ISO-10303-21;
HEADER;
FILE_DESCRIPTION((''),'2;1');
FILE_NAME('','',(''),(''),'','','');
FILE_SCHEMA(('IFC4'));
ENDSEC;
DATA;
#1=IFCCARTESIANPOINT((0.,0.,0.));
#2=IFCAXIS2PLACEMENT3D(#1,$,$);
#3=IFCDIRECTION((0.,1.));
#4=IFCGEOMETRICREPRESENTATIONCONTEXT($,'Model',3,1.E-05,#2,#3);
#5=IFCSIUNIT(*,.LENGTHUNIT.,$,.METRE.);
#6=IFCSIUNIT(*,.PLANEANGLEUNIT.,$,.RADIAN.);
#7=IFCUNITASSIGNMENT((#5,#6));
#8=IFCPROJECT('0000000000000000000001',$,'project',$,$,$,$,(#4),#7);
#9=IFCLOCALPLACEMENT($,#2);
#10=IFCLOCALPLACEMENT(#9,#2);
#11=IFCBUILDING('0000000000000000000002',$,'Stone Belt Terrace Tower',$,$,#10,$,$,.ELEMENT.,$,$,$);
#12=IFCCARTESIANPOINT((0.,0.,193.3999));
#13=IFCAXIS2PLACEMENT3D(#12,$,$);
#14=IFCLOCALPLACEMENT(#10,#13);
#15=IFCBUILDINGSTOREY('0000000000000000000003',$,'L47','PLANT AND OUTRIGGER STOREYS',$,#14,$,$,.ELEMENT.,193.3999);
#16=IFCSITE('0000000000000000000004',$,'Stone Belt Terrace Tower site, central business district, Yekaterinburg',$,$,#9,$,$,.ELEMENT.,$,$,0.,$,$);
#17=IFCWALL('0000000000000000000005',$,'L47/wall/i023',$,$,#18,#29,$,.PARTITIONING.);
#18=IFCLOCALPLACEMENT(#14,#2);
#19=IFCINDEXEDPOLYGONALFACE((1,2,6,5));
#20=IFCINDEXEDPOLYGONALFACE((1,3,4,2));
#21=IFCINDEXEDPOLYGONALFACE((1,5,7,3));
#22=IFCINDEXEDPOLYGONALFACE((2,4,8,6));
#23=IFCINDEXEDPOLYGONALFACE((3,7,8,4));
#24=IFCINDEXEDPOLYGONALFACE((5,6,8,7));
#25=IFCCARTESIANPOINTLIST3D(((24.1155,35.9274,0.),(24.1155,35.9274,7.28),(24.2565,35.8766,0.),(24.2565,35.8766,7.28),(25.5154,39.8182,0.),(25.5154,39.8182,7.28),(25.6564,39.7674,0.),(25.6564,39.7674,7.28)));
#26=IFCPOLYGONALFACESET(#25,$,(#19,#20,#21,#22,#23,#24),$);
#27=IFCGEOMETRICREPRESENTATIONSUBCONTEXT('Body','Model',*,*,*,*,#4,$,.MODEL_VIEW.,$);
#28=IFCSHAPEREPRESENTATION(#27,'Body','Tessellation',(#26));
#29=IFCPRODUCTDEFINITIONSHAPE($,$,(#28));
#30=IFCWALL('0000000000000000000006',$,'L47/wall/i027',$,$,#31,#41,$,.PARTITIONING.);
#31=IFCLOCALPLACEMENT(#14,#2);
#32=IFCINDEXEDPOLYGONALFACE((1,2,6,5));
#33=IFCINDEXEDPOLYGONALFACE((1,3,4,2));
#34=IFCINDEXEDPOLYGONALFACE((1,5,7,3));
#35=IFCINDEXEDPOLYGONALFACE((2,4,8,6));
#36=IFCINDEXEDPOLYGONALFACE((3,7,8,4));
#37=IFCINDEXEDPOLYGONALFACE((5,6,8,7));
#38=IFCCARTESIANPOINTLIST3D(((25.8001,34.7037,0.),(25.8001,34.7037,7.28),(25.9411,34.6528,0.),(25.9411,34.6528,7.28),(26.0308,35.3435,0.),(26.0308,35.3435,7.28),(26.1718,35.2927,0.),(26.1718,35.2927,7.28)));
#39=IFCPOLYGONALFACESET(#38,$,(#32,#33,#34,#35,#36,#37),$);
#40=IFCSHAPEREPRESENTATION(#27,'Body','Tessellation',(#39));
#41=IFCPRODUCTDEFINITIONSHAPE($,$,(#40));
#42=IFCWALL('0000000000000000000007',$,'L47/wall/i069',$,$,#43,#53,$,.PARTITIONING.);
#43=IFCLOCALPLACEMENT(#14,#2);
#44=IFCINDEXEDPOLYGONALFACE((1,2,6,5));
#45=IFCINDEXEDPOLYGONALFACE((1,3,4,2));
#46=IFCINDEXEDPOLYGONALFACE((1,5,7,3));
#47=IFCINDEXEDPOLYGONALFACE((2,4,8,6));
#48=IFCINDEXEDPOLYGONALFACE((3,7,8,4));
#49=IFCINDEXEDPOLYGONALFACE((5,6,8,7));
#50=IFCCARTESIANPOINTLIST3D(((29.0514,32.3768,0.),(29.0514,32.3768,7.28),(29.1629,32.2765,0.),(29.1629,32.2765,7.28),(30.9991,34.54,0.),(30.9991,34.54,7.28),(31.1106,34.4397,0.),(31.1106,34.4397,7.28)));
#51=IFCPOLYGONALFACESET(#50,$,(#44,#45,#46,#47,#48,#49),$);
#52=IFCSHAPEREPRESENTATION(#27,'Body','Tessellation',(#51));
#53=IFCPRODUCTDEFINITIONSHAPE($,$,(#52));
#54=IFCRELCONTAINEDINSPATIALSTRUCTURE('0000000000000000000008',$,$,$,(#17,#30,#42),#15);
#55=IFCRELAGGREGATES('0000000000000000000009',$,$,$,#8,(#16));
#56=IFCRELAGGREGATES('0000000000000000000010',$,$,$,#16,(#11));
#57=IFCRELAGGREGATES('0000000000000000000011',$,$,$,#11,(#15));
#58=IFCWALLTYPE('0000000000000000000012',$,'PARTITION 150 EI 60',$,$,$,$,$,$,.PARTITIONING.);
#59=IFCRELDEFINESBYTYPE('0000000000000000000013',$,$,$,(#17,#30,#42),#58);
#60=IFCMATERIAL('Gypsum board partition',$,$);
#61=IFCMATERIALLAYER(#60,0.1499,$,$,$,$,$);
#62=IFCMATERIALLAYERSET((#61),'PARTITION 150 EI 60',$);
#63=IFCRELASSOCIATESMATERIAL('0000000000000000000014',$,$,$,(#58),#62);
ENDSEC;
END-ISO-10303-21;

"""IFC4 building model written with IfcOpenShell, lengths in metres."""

from ifc_helpers import new_model, si_unit, direction, frame, frame_2d, origin, place, context, subcontext, project, spatial, rectangle, extrude, material, layer, layer_set, type_object, element, save


model = new_model("IFC4")

# Units and contexts
model_context = context("Model", 3, precision=1e-05, world=origin(), true_north=direction((0.0, 1.0)))
body_context = subcontext(model_context, "Body", "Model", "MODEL_VIEW")
ifc_project = project(units=[si_unit("LENGTHUNIT", "METRE"), si_unit("PLANEANGLEUNIT", "RADIAN")], contexts=[model_context])

# Site, building, storey
site_placement = place(None, origin())
site = spatial("IfcSite", under=ifc_project, at=site_placement, Name="Stone Belt Terrace Tower site, central business district, Yekaterinburg", CompositionType="ELEMENT", RefElevation=0.0)
building_placement = place(site_placement, origin())
building = spatial("IfcBuilding", under=site, at=building_placement, Name="Stone Belt Terrace Tower", CompositionType="ELEMENT")
storey_placement = place(building_placement, frame((0.0, 0.0, 193.3999)))
storey = spatial("IfcBuildingStorey", under=building, at=storey_placement, Name="L47", Description="PLANT AND OUTRIGGER STOREYS", CompositionType="ELEMENT", Elevation=193.3999)

# Walls
ifc_material_1 = material(Name="Gypsum board partition")
ifc_layer_1 = layer(ifc_material_1, 0.1499)
ifc_layer_set_1 = layer_set([ifc_layer_1], Name="PARTITION 150 EI 60")
wall_type = type_object("IfcWallType", Name="PARTITION 150 EI 60", PredefinedType="PARTITIONING", material=ifc_layer_set_1)
wall_1_placement = place(storey_placement, frame((24.186, 35.9021, 0.0), z_axis=(0.0, 0.0, 1.0), x_axis=(0.338546, 0.94095, 0.0)))
element("IfcWall", 1, at=wall_1_placement, inside=storey, type_object=wall_type, Name="L47/wall/i023", PredefinedType="PARTITIONING", context=body_context, shape_type="SweptSolid", body=[
    extrude(rectangle(XDim=4.135, YDim=0.1499, at=frame_2d((2.0674, 0.0))), origin(), (0.0, 0.0, 1.0), 7.28),
])
wall_2_placement = place(storey_placement, frame((26.1013, 35.3181, 0.0), z_axis=(0.0, 0.0, 1.0), x_axis=(-0.339177, -0.940723, 0.0)))
element("IfcWall", 2, at=wall_2_placement, inside=storey, type_object=wall_type, Name="L47/wall/i027", PredefinedType="PARTITIONING", context=body_context, shape_type="SweptSolid", body=[
    extrude(rectangle(XDim=0.6802, YDim=0.1499, at=frame_2d((0.3401, 0.0))), origin(), (0.0, 0.0, 1.0), 7.28),
])
wall_3_placement = place(storey_placement, frame((31.0549, 34.49, 0.0), z_axis=(0.0, 0.0, 1.0), x_axis=(-0.669108, -0.743165, 0.0)))
element("IfcWall", 3, at=wall_3_placement, inside=storey, type_object=wall_type, Name="L47/wall/i069", PredefinedType="PARTITIONING", context=body_context, shape_type="SweptSolid", body=[
    extrude(rectangle(XDim=2.9109, YDim=0.1499, at=frame_2d((1.4556, 0.0))), origin(), (0.0, 0.0, 1.0), 7.28),
])

save(model, "model.ifc")
